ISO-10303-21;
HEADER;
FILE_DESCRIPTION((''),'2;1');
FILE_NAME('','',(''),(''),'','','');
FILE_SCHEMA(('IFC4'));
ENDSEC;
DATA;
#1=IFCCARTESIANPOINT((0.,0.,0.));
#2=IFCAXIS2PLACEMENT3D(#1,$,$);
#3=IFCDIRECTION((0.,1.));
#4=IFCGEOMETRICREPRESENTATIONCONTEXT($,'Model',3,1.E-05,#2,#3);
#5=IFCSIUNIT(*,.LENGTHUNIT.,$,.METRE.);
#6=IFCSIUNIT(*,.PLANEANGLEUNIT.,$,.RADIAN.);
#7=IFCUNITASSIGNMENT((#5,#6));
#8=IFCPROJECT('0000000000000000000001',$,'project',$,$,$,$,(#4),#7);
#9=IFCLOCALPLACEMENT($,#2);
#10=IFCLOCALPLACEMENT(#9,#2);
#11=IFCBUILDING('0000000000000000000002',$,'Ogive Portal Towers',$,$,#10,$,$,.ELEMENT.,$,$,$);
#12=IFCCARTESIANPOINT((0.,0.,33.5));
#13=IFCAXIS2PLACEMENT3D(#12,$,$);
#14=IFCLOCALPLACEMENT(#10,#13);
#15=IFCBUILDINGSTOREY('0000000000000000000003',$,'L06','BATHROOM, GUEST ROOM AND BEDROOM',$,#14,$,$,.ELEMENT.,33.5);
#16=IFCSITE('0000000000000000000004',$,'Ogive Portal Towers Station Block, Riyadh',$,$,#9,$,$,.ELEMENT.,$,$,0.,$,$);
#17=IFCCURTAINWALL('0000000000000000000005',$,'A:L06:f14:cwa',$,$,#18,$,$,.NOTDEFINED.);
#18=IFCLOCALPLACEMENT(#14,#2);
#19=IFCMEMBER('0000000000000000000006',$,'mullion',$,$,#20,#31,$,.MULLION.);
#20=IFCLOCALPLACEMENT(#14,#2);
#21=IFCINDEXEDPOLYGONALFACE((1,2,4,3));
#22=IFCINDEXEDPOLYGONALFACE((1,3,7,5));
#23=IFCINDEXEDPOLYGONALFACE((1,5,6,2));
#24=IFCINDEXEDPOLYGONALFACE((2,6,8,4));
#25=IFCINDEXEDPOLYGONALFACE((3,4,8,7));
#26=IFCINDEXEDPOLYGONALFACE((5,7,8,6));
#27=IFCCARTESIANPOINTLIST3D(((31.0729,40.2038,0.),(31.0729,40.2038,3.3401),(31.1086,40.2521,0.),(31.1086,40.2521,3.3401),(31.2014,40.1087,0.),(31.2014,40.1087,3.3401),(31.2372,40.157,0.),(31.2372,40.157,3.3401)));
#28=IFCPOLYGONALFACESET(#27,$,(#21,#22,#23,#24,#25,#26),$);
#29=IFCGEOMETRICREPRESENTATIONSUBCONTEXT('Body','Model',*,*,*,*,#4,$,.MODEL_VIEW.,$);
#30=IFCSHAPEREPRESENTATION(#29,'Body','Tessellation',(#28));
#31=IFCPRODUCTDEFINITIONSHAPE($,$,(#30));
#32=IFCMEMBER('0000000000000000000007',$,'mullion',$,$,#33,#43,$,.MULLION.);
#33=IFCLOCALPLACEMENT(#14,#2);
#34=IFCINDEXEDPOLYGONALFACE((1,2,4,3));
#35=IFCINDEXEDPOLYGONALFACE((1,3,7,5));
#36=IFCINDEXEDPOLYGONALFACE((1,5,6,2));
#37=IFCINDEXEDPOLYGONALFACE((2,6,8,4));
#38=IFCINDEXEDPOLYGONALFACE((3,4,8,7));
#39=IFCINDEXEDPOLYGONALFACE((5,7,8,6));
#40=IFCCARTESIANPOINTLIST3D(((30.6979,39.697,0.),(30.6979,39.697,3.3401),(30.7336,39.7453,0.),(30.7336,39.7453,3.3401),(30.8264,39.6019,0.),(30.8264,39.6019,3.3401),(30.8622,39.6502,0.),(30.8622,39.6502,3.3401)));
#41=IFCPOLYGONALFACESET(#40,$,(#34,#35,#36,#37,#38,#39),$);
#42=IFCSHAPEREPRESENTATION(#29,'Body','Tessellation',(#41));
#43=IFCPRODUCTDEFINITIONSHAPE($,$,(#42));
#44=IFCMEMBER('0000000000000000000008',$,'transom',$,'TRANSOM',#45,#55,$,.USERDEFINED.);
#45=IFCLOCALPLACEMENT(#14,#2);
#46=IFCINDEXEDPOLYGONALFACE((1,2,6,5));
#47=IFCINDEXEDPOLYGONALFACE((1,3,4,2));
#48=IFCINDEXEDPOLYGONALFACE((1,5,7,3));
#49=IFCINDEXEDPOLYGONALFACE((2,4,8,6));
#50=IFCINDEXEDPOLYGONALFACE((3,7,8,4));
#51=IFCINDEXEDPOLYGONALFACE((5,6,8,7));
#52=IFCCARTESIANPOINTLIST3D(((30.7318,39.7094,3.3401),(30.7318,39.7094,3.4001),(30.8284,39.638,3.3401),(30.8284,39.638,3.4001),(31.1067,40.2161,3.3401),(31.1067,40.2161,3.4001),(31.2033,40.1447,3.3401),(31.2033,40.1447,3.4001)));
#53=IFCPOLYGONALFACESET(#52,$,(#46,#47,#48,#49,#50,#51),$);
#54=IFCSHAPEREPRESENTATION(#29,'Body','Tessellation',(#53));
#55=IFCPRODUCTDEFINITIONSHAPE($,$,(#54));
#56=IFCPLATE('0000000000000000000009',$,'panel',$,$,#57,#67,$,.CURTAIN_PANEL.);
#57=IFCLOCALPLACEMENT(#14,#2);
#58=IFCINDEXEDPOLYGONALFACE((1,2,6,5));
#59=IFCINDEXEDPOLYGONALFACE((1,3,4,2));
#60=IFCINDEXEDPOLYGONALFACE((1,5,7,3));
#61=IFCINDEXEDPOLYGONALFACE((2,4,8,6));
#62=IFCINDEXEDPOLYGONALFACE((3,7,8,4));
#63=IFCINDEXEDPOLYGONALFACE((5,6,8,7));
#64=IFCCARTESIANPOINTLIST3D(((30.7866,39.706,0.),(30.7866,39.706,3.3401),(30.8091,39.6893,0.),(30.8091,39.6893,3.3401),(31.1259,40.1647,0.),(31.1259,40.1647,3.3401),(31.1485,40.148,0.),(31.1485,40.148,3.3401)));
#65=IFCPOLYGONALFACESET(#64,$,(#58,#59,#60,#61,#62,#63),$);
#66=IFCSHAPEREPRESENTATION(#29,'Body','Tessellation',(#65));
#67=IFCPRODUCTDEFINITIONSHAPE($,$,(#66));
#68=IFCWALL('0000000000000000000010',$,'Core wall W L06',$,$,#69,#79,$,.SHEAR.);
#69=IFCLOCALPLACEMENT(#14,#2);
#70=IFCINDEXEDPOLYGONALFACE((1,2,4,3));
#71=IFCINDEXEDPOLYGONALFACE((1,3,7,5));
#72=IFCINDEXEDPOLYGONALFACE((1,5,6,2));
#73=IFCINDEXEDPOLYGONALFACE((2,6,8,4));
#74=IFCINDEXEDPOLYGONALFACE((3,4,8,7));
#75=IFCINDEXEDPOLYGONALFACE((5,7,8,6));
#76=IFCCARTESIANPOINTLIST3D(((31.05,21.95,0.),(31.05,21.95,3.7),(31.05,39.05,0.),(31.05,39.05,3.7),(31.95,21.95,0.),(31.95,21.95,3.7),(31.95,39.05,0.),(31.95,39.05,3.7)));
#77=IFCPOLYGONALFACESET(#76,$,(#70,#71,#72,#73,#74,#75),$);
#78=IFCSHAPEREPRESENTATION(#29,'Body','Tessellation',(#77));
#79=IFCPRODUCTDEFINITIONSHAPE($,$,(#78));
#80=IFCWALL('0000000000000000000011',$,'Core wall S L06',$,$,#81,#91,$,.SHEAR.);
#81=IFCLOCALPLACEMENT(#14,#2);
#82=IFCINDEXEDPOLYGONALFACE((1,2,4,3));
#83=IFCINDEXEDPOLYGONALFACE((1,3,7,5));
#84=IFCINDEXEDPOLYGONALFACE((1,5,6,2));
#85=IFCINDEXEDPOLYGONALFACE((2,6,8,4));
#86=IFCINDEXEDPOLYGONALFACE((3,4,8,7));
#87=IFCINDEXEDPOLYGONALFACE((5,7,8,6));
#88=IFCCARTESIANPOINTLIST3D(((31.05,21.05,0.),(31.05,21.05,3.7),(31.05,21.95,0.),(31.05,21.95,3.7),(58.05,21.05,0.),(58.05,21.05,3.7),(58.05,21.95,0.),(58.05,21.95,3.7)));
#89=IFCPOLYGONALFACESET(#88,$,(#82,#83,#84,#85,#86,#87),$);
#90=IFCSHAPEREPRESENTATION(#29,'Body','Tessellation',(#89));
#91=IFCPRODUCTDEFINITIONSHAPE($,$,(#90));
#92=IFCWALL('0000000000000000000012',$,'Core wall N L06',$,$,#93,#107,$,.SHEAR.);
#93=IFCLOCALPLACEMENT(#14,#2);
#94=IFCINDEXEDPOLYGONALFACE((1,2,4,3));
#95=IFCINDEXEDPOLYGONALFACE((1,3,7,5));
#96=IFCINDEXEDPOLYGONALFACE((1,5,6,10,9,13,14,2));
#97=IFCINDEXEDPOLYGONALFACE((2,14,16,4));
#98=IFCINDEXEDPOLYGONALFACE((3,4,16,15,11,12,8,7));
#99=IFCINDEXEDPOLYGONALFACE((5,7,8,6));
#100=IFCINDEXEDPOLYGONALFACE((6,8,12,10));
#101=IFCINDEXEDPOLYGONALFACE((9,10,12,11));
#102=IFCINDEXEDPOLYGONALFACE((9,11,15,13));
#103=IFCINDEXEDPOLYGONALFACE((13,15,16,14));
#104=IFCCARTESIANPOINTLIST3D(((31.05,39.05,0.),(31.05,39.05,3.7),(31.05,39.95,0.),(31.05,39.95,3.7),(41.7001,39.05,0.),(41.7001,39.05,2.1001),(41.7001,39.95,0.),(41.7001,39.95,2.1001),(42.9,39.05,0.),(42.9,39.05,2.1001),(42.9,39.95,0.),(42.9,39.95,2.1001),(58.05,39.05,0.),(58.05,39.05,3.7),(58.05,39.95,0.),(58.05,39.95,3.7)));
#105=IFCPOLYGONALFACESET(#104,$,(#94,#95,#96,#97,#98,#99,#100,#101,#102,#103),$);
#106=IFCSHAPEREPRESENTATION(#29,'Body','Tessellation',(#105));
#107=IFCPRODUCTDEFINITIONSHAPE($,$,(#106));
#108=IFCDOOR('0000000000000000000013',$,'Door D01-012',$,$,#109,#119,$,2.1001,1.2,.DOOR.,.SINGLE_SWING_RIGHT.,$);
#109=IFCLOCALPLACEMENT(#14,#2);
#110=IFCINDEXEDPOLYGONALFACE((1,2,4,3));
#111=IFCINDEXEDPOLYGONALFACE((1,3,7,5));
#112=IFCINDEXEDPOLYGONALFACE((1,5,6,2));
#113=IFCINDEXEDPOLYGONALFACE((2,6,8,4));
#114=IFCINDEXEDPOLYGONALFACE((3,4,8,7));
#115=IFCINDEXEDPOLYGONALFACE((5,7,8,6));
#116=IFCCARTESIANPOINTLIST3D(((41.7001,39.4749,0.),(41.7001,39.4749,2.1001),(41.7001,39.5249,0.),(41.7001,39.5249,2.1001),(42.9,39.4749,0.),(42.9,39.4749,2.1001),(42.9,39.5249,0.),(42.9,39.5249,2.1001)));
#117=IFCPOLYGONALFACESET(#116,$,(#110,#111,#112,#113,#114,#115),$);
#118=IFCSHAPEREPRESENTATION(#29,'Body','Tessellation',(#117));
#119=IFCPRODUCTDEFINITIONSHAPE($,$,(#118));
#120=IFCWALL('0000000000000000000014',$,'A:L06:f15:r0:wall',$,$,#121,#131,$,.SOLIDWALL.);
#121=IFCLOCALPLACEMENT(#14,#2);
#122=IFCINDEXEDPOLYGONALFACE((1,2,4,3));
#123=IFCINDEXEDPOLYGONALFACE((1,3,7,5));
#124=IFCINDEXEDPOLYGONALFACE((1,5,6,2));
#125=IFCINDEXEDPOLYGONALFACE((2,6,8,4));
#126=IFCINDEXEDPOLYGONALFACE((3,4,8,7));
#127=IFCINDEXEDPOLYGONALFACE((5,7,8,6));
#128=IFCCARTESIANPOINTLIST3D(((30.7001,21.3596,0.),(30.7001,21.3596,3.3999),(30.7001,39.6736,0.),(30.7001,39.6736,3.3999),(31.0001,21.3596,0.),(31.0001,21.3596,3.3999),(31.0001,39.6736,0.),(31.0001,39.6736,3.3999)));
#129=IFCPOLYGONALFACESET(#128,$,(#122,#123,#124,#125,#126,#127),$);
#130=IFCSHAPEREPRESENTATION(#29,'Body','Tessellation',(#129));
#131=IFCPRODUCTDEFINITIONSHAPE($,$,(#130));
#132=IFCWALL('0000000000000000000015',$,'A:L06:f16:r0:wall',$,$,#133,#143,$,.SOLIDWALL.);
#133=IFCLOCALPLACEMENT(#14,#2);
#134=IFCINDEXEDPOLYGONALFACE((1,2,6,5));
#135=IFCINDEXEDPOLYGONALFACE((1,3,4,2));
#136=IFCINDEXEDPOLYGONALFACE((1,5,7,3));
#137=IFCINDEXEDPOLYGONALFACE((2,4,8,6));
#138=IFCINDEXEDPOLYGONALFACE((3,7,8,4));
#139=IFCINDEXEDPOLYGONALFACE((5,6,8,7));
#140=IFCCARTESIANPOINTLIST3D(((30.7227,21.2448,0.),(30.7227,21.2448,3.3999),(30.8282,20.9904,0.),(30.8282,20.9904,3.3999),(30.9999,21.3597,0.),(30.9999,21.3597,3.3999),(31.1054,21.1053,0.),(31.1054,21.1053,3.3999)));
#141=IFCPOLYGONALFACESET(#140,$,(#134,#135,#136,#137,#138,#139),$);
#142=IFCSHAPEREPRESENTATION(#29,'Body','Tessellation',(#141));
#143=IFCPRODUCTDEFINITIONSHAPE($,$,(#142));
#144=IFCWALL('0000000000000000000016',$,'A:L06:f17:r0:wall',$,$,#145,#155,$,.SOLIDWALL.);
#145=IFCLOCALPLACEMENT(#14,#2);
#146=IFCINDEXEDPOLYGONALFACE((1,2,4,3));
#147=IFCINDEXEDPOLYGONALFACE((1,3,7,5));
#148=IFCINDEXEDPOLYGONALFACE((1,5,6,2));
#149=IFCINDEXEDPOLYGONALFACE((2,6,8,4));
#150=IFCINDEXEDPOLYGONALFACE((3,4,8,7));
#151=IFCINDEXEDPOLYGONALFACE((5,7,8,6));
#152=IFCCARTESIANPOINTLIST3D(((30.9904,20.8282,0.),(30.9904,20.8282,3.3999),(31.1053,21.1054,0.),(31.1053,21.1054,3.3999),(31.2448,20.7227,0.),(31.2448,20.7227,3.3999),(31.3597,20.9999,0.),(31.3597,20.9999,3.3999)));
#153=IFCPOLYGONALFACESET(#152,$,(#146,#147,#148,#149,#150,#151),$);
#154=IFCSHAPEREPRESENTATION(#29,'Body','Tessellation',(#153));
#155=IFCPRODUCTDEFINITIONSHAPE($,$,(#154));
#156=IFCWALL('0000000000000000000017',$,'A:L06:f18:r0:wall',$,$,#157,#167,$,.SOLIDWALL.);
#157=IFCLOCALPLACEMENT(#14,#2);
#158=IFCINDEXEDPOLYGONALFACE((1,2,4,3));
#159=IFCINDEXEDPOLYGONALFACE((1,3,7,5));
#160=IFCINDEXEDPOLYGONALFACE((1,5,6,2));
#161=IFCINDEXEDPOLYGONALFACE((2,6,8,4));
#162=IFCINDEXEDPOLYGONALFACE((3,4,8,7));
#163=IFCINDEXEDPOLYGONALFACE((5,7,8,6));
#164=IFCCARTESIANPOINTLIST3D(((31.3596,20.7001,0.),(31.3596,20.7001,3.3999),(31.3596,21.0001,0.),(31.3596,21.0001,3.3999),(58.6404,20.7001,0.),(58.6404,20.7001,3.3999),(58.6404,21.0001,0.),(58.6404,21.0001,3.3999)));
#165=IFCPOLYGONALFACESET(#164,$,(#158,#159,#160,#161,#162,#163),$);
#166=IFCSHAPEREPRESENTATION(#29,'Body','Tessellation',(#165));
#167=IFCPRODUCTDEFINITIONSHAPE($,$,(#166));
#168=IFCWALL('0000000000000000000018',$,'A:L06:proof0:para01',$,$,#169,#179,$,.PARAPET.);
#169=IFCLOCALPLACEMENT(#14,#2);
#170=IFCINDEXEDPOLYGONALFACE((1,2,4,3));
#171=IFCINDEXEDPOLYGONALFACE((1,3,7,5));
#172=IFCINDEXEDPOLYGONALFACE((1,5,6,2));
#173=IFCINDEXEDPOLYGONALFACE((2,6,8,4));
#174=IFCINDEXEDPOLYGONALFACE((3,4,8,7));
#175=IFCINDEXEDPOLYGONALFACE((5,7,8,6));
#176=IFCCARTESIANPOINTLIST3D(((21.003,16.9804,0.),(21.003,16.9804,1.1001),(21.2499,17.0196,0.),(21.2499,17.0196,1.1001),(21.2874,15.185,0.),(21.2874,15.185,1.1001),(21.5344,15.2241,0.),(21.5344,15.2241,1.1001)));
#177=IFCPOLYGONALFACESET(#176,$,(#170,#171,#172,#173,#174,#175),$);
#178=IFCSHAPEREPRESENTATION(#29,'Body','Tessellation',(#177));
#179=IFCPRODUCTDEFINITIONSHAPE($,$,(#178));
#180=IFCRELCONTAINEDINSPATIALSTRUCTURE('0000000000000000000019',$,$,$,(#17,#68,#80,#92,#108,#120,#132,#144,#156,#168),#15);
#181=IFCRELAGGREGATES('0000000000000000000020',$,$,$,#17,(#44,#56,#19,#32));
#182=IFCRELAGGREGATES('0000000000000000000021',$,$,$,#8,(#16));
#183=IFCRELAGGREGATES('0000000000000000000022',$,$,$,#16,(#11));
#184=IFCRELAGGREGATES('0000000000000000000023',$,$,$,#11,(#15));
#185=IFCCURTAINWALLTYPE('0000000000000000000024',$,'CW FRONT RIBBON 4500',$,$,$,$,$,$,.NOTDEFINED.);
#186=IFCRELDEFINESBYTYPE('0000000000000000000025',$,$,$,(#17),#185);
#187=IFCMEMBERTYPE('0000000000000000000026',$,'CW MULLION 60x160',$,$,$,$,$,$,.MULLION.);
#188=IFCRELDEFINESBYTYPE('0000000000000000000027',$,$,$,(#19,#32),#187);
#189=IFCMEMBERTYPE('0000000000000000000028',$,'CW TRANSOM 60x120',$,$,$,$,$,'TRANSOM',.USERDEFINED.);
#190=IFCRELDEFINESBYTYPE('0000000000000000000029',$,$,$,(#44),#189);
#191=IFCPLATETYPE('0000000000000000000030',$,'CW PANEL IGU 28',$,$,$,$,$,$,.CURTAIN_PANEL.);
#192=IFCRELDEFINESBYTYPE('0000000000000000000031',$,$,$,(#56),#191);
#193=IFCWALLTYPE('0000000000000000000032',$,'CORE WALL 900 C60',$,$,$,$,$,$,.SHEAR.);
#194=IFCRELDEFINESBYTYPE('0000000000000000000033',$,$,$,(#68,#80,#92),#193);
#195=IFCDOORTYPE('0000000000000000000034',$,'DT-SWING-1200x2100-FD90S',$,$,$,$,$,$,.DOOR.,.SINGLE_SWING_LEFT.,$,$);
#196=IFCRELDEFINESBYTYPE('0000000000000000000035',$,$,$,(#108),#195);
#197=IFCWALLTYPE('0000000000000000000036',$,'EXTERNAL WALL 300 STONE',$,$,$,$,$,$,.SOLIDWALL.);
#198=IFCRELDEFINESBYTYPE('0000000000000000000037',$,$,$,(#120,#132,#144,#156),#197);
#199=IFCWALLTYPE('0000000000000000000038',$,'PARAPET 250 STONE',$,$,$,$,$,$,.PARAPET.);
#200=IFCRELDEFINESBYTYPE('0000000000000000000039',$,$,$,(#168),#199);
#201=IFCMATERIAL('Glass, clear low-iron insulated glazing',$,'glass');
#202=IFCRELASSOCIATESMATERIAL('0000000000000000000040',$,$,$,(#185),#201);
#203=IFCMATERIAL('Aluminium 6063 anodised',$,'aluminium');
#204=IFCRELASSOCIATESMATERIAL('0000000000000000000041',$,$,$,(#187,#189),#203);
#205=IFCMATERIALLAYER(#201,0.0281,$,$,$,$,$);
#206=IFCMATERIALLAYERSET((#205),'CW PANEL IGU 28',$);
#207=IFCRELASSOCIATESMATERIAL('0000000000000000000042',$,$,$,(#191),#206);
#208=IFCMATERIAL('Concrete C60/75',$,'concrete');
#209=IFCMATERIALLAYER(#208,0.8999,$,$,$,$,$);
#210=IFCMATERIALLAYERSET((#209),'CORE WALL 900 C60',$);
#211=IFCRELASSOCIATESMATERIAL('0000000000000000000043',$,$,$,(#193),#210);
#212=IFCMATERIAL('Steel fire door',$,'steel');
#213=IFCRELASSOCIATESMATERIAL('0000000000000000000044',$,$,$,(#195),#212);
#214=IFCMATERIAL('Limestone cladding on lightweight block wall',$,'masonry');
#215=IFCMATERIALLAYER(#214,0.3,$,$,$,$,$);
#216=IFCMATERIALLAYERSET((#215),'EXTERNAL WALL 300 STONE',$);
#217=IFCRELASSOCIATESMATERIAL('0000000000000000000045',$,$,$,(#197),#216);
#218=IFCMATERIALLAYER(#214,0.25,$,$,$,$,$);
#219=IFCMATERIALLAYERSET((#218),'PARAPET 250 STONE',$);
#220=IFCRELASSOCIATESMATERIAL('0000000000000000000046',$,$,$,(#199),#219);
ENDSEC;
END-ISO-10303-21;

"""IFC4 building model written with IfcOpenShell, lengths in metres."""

from ifc_helpers import new_model, si_unit, direction, frame, frame_2d, origin, origin_2d, place, context, subcontext, project, spatial, rectangle, extrude, material, layer, layer_set, material_profile, profile_set, type_object, element, fill, aggregate, save


model = new_model("IFC4")

# Units and contexts
model_context = context("Model", 3, precision=1e-05, world=origin(), true_north=direction((0.0, 1.0)))
body_context = subcontext(model_context, "Body", "Model", "MODEL_VIEW")
ifc_project = project(units=[si_unit("LENGTHUNIT", "METRE"), si_unit("PLANEANGLEUNIT", "RADIAN")], contexts=[model_context])

# Site, building, storey
site_placement = place(None, origin())
site = spatial("IfcSite", under=ifc_project, at=site_placement, Name="Ogive Portal Towers Station Block, Riyadh", CompositionType="ELEMENT", RefElevation=0.0)
building_placement = place(site_placement, origin())
building = spatial("IfcBuilding", under=site, at=building_placement, Name="Ogive Portal Towers", CompositionType="ELEMENT")
storey_placement = place(building_placement, frame((0.0, 0.0, 33.5)))
storey = spatial("IfcBuildingStorey", under=building, at=storey_placement, Name="L06", Description="BATHROOM, GUEST ROOM AND BEDROOM", CompositionType="ELEMENT", Elevation=33.5)

# Curtain wall, members, plate
ifc_material_1 = material(Name="Glass, clear low-iron insulated glazing", Category="glass")
curtain_wall_type = type_object("IfcCurtainWallType", Name="CW FRONT RIBBON 4500", PredefinedType="NOTDEFINED", material=ifc_material_1)
curtain_wall_placement = place(storey_placement, origin())
curtain_wall = element("IfcCurtainWall", 1, at=curtain_wall_placement, inside=storey, type_object=curtain_wall_type, Name="A:L06:f14:cwa", PredefinedType="NOTDEFINED")
ifc_material_2 = material(Name="Aluminium 6063 anodised", Category="aluminium")
ifc_material_profile_1 = material_profile(ifc_material_2, rectangle(XDim=0.1599, YDim=0.0601, at=origin_2d()), Name="AL 60x160")
ifc_profile_set_1 = profile_set([ifc_material_profile_1], Name="Aluminium 6063 anodised")
member_type_1 = type_object("IfcMemberType", Name="CW MULLION 60x160", PredefinedType="MULLION", material=ifc_profile_set_1)
member_1_placement = place(storey_placement, frame((31.155, 40.1804, 0.0), z_axis=(0.0, 0.0, 1.0), x_axis=(0.803867, -0.594809, 0.0)))
member_1 = element("IfcMember", 2, at=member_1_placement, type_object=member_type_1, Name="mullion", PredefinedType="MULLION", context=body_context, shape_type="SweptSolid", body=[
    extrude(rectangle(XDim=0.1599, YDim=0.0601, at=origin_2d()), origin(), (0.0, 0.0, 1.0), 3.3401),
])
member_2_placement = place(storey_placement, frame((30.78, 39.6736, 0.0), z_axis=(0.0, 0.0, 1.0), x_axis=(0.803867, -0.594809, 0.0)))
member_2 = element("IfcMember", 3, at=member_2_placement, type_object=member_type_1, Name="mullion", PredefinedType="MULLION", context=body_context, shape_type="SweptSolid", body=[
    extrude(rectangle(XDim=0.1599, YDim=0.0601, at=origin_2d()), origin(), (0.0, 0.0, 1.0), 3.3401),
])
ifc_material_profile_2 = material_profile(ifc_material_2, rectangle(XDim=0.1201, YDim=0.0601, at=origin_2d()), Name="AL 120x60")
ifc_profile_set_2 = profile_set([ifc_material_profile_2], Name="Aluminium 6063 anodised")
member_type_2 = type_object("IfcMemberType", Name="CW TRANSOM 60x120", ElementType="TRANSOM", PredefinedType="USERDEFINED", material=ifc_profile_set_2)
member_3_placement = place(storey_placement, frame((31.155, 40.1804, 3.3701), z_axis=(-0.594783, -0.803886, 0.0), x_axis=(0.803886, -0.594783, 0.0)))
member_3 = element("IfcMember", 4, at=member_3_placement, type_object=member_type_2, Name="transom", ObjectType="TRANSOM", PredefinedType="USERDEFINED", context=body_context, shape_type="SweptSolid", body=[
    extrude(rectangle(XDim=0.1201, YDim=0.0601, at=origin_2d()), origin(), (0.0, 0.0, 1.0), 0.6304),
])
ifc_layer_1 = layer(ifc_material_1, 0.0281)
ifc_layer_set_1 = layer_set([ifc_layer_1], Name="CW PANEL IGU 28")
plate_type = type_object("IfcPlateType", Name="CW PANEL IGU 28", PredefinedType="CURTAIN_PANEL", material=ifc_layer_set_1)
plate_placement = place(storey_placement, frame((30.9675, 39.927, 0.0), z_axis=(0.0, 0.0, 1.0), x_axis=(-0.594809, -0.803867, 0.0)))
plate = element("IfcPlate", 5, at=plate_placement, type_object=plate_type, Name="panel", PredefinedType="CURTAIN_PANEL", context=body_context, shape_type="SweptSolid", body=[
    extrude(rectangle(XDim=0.5706, YDim=0.0281, at=origin_2d()), origin(), (0.0, 0.0, 1.0), 3.3401),
])
aggregate(curtain_wall, [member_3, plate, member_1, member_2])

# Walls
ifc_material_3 = material(Name="Concrete C60/75", Category="concrete")
ifc_layer_2 = layer(ifc_material_3, 0.8999)
ifc_layer_set_2 = layer_set([ifc_layer_2], Name="CORE WALL 900 C60")
wall_type_1 = type_object("IfcWallType", Name="CORE WALL 900 C60", PredefinedType="SHEAR", material=ifc_layer_set_2)
wall_1_placement = place(storey_placement, frame((31.5, 21.95, 0.0), z_axis=(0.0, 0.0, 1.0), x_axis=(0.0, 1.0, 0.0)))
element("IfcWall", 6, at=wall_1_placement, inside=storey, type_object=wall_type_1, Name="Core wall W L06", PredefinedType="SHEAR", context=body_context, shape_type="SweptSolid", body=[
    extrude(rectangle(XDim=17.1001, YDim=0.8999, at=frame_2d((8.55, 0.0))), origin(), (0.0, 0.0, 1.0), 3.7),
])
wall_2_placement = place(storey_placement, frame((31.05, 21.5, 0.0), z_axis=(0.0, 0.0, 1.0), x_axis=(1.0, 0.0, 0.0)))
element("IfcWall", 7, at=wall_2_placement, inside=storey, type_object=wall_type_1, Name="Core wall S L06", PredefinedType="SHEAR", context=body_context, shape_type="SweptSolid", body=[
    extrude(rectangle(XDim=27.0, YDim=0.8999, at=frame_2d((13.5, 0.0))), origin(), (0.0, 0.0, 1.0), 3.7),
])

# Wall, opening, door
wall_3_placement = place(storey_placement, frame((31.05, 39.5, 0.0), z_axis=(0.0, 0.0, 1.0), x_axis=(1.0, 0.0, 0.0)))
wall_3 = element("IfcWall", 8, at=wall_3_placement, inside=storey, type_object=wall_type_1, Name="Core wall N L06", PredefinedType="SHEAR", context=body_context, shape_type="SweptSolid", body=[
    extrude(rectangle(XDim=27.0, YDim=0.8999, at=frame_2d((13.5, 0.0))), origin(), (0.0, 0.0, 1.0), 3.7),
])
opening_placement = place(wall_3_placement, frame((10.6499, 0.0, 0.0)))
opening = element("IfcOpeningElement", 9, at=opening_placement, cuts=wall_3, PredefinedType="OPENING", context=body_context, shape_type="SweptSolid", body=[
    extrude(rectangle(XDim=1.2, YDim=2.1001, at=frame_2d((0.6001, 1.05))), frame((0.0, 0.46, 0.0), z_axis=(0.0, -1.0, 0.0), x_axis=(1.0, 0.0, 0.0)), (0.0, 0.0, 1.0), 0.9199),
])
ifc_material_4 = material(Name="Steel fire door", Category="steel")
door_type = type_object("IfcDoorType", Name="DT-SWING-1200x2100-FD90S", OperationType="SINGLE_SWING_LEFT", PredefinedType="DOOR", material=ifc_material_4)
door_placement = place(opening_placement, origin())
door = element("IfcDoor", 10, at=door_placement, inside=storey, type_object=door_type, Name="Door D01-012", OperationType="SINGLE_SWING_RIGHT", OverallHeight=2.1001, OverallWidth=1.2, PredefinedType="DOOR", context=body_context, shape_type="SweptSolid", body=[
    extrude(rectangle(XDim=1.2, YDim=2.1001, at=frame_2d((0.6001, 1.05))), frame((0.0, 0.0249, 0.0), z_axis=(0.0, -1.0, 0.0), x_axis=(1.0, 0.0, 0.0)), (0.0, 0.0, 1.0), 0.05),
])
fill(opening, door)

# Walls
ifc_material_5 = material(Name="Limestone cladding on lightweight block wall", Category="masonry")
ifc_layer_3 = layer(ifc_material_5, 0.3)
ifc_layer_set_3 = layer_set([ifc_layer_3], Name="EXTERNAL WALL 300 STONE")
wall_type_2 = type_object("IfcWallType", Name="EXTERNAL WALL 300 STONE", PredefinedType="SOLIDWALL", material=ifc_layer_set_3)
wall_4_placement = place(storey_placement, frame((30.8501, 39.6736, 0.0), z_axis=(0.0, 0.0, 1.0), x_axis=(0.0, -1.0, 0.0)))
element("IfcWall", 11, at=wall_4_placement, inside=storey, type_object=wall_type_2, Name="A:L06:f15:r0:wall", PredefinedType="SOLIDWALL", context=body_context, shape_type="SweptSolid", body=[
    extrude(rectangle(XDim=18.314, YDim=0.3, at=frame_2d((9.157, 0.0))), origin(), (0.0, 0.0, 1.0), 3.3999),
])
for number, where, z_axis, x_axis, name in (
    (12, (30.8613, 21.3022, 0.0), (0.0, 0.0, 1.0), (0.382978, -0.923757, 0.0), "A:L06:f16:r0:wall"),
    (13, (31.0479, 20.9668, 0.0), (0.0, 0.0, 1.0), (0.923757, -0.382978, 0.0), "A:L06:f17:r0:wall"),
):
    element("IfcWall", number, at=place(storey_placement, frame(where, z_axis=z_axis, x_axis=x_axis)), inside=storey, type_object=wall_type_2, Name=name, PredefinedType="SOLIDWALL", context=body_context, shape_type="SweptSolid", body=[
        extrude(rectangle(XDim=0.2754, YDim=0.3, at=frame_2d((0.1377, 0.0))), origin(), (0.0, 0.0, 1.0), 3.3999),
    ])
wall_5_placement = place(storey_placement, frame((31.3596, 20.8501, 0.0), z_axis=(0.0, 0.0, 1.0), x_axis=(1.0, 0.0, 0.0)))
element("IfcWall", 14, at=wall_5_placement, inside=storey, type_object=wall_type_2, Name="A:L06:f18:r0:wall", PredefinedType="SOLIDWALL", context=body_context, shape_type="SweptSolid", body=[
    extrude(rectangle(XDim=27.2808, YDim=0.3, at=frame_2d((13.6404, 0.0))), origin(), (0.0, 0.0, 1.0), 3.3999),
])
ifc_layer_4 = layer(ifc_material_5, 0.25)
ifc_layer_set_4 = layer_set([ifc_layer_4], Name="PARAPET 250 STONE")
wall_type_3 = type_object("IfcWallType", Name="PARAPET 250 STONE", PredefinedType="PARAPET", material=ifc_layer_set_4)
wall_6_placement = place(storey_placement, frame((21.1265, 17.0, 0.0), z_axis=(0.0, 0.0, 1.0), x_axis=(0.156466, -0.987683, 0.0)))
element("IfcWall", 15, at=wall_6_placement, inside=storey, type_object=wall_type_3, Name="A:L06:proof0:para01", PredefinedType="PARAPET", context=body_context, shape_type="SweptSolid", body=[
    extrude(rectangle(XDim=1.8179, YDim=0.25, at=frame_2d((0.9089, 0.0))), origin(), (0.0, 0.0, 1.0), 1.1001),
])

save(model, "model.ifc")
